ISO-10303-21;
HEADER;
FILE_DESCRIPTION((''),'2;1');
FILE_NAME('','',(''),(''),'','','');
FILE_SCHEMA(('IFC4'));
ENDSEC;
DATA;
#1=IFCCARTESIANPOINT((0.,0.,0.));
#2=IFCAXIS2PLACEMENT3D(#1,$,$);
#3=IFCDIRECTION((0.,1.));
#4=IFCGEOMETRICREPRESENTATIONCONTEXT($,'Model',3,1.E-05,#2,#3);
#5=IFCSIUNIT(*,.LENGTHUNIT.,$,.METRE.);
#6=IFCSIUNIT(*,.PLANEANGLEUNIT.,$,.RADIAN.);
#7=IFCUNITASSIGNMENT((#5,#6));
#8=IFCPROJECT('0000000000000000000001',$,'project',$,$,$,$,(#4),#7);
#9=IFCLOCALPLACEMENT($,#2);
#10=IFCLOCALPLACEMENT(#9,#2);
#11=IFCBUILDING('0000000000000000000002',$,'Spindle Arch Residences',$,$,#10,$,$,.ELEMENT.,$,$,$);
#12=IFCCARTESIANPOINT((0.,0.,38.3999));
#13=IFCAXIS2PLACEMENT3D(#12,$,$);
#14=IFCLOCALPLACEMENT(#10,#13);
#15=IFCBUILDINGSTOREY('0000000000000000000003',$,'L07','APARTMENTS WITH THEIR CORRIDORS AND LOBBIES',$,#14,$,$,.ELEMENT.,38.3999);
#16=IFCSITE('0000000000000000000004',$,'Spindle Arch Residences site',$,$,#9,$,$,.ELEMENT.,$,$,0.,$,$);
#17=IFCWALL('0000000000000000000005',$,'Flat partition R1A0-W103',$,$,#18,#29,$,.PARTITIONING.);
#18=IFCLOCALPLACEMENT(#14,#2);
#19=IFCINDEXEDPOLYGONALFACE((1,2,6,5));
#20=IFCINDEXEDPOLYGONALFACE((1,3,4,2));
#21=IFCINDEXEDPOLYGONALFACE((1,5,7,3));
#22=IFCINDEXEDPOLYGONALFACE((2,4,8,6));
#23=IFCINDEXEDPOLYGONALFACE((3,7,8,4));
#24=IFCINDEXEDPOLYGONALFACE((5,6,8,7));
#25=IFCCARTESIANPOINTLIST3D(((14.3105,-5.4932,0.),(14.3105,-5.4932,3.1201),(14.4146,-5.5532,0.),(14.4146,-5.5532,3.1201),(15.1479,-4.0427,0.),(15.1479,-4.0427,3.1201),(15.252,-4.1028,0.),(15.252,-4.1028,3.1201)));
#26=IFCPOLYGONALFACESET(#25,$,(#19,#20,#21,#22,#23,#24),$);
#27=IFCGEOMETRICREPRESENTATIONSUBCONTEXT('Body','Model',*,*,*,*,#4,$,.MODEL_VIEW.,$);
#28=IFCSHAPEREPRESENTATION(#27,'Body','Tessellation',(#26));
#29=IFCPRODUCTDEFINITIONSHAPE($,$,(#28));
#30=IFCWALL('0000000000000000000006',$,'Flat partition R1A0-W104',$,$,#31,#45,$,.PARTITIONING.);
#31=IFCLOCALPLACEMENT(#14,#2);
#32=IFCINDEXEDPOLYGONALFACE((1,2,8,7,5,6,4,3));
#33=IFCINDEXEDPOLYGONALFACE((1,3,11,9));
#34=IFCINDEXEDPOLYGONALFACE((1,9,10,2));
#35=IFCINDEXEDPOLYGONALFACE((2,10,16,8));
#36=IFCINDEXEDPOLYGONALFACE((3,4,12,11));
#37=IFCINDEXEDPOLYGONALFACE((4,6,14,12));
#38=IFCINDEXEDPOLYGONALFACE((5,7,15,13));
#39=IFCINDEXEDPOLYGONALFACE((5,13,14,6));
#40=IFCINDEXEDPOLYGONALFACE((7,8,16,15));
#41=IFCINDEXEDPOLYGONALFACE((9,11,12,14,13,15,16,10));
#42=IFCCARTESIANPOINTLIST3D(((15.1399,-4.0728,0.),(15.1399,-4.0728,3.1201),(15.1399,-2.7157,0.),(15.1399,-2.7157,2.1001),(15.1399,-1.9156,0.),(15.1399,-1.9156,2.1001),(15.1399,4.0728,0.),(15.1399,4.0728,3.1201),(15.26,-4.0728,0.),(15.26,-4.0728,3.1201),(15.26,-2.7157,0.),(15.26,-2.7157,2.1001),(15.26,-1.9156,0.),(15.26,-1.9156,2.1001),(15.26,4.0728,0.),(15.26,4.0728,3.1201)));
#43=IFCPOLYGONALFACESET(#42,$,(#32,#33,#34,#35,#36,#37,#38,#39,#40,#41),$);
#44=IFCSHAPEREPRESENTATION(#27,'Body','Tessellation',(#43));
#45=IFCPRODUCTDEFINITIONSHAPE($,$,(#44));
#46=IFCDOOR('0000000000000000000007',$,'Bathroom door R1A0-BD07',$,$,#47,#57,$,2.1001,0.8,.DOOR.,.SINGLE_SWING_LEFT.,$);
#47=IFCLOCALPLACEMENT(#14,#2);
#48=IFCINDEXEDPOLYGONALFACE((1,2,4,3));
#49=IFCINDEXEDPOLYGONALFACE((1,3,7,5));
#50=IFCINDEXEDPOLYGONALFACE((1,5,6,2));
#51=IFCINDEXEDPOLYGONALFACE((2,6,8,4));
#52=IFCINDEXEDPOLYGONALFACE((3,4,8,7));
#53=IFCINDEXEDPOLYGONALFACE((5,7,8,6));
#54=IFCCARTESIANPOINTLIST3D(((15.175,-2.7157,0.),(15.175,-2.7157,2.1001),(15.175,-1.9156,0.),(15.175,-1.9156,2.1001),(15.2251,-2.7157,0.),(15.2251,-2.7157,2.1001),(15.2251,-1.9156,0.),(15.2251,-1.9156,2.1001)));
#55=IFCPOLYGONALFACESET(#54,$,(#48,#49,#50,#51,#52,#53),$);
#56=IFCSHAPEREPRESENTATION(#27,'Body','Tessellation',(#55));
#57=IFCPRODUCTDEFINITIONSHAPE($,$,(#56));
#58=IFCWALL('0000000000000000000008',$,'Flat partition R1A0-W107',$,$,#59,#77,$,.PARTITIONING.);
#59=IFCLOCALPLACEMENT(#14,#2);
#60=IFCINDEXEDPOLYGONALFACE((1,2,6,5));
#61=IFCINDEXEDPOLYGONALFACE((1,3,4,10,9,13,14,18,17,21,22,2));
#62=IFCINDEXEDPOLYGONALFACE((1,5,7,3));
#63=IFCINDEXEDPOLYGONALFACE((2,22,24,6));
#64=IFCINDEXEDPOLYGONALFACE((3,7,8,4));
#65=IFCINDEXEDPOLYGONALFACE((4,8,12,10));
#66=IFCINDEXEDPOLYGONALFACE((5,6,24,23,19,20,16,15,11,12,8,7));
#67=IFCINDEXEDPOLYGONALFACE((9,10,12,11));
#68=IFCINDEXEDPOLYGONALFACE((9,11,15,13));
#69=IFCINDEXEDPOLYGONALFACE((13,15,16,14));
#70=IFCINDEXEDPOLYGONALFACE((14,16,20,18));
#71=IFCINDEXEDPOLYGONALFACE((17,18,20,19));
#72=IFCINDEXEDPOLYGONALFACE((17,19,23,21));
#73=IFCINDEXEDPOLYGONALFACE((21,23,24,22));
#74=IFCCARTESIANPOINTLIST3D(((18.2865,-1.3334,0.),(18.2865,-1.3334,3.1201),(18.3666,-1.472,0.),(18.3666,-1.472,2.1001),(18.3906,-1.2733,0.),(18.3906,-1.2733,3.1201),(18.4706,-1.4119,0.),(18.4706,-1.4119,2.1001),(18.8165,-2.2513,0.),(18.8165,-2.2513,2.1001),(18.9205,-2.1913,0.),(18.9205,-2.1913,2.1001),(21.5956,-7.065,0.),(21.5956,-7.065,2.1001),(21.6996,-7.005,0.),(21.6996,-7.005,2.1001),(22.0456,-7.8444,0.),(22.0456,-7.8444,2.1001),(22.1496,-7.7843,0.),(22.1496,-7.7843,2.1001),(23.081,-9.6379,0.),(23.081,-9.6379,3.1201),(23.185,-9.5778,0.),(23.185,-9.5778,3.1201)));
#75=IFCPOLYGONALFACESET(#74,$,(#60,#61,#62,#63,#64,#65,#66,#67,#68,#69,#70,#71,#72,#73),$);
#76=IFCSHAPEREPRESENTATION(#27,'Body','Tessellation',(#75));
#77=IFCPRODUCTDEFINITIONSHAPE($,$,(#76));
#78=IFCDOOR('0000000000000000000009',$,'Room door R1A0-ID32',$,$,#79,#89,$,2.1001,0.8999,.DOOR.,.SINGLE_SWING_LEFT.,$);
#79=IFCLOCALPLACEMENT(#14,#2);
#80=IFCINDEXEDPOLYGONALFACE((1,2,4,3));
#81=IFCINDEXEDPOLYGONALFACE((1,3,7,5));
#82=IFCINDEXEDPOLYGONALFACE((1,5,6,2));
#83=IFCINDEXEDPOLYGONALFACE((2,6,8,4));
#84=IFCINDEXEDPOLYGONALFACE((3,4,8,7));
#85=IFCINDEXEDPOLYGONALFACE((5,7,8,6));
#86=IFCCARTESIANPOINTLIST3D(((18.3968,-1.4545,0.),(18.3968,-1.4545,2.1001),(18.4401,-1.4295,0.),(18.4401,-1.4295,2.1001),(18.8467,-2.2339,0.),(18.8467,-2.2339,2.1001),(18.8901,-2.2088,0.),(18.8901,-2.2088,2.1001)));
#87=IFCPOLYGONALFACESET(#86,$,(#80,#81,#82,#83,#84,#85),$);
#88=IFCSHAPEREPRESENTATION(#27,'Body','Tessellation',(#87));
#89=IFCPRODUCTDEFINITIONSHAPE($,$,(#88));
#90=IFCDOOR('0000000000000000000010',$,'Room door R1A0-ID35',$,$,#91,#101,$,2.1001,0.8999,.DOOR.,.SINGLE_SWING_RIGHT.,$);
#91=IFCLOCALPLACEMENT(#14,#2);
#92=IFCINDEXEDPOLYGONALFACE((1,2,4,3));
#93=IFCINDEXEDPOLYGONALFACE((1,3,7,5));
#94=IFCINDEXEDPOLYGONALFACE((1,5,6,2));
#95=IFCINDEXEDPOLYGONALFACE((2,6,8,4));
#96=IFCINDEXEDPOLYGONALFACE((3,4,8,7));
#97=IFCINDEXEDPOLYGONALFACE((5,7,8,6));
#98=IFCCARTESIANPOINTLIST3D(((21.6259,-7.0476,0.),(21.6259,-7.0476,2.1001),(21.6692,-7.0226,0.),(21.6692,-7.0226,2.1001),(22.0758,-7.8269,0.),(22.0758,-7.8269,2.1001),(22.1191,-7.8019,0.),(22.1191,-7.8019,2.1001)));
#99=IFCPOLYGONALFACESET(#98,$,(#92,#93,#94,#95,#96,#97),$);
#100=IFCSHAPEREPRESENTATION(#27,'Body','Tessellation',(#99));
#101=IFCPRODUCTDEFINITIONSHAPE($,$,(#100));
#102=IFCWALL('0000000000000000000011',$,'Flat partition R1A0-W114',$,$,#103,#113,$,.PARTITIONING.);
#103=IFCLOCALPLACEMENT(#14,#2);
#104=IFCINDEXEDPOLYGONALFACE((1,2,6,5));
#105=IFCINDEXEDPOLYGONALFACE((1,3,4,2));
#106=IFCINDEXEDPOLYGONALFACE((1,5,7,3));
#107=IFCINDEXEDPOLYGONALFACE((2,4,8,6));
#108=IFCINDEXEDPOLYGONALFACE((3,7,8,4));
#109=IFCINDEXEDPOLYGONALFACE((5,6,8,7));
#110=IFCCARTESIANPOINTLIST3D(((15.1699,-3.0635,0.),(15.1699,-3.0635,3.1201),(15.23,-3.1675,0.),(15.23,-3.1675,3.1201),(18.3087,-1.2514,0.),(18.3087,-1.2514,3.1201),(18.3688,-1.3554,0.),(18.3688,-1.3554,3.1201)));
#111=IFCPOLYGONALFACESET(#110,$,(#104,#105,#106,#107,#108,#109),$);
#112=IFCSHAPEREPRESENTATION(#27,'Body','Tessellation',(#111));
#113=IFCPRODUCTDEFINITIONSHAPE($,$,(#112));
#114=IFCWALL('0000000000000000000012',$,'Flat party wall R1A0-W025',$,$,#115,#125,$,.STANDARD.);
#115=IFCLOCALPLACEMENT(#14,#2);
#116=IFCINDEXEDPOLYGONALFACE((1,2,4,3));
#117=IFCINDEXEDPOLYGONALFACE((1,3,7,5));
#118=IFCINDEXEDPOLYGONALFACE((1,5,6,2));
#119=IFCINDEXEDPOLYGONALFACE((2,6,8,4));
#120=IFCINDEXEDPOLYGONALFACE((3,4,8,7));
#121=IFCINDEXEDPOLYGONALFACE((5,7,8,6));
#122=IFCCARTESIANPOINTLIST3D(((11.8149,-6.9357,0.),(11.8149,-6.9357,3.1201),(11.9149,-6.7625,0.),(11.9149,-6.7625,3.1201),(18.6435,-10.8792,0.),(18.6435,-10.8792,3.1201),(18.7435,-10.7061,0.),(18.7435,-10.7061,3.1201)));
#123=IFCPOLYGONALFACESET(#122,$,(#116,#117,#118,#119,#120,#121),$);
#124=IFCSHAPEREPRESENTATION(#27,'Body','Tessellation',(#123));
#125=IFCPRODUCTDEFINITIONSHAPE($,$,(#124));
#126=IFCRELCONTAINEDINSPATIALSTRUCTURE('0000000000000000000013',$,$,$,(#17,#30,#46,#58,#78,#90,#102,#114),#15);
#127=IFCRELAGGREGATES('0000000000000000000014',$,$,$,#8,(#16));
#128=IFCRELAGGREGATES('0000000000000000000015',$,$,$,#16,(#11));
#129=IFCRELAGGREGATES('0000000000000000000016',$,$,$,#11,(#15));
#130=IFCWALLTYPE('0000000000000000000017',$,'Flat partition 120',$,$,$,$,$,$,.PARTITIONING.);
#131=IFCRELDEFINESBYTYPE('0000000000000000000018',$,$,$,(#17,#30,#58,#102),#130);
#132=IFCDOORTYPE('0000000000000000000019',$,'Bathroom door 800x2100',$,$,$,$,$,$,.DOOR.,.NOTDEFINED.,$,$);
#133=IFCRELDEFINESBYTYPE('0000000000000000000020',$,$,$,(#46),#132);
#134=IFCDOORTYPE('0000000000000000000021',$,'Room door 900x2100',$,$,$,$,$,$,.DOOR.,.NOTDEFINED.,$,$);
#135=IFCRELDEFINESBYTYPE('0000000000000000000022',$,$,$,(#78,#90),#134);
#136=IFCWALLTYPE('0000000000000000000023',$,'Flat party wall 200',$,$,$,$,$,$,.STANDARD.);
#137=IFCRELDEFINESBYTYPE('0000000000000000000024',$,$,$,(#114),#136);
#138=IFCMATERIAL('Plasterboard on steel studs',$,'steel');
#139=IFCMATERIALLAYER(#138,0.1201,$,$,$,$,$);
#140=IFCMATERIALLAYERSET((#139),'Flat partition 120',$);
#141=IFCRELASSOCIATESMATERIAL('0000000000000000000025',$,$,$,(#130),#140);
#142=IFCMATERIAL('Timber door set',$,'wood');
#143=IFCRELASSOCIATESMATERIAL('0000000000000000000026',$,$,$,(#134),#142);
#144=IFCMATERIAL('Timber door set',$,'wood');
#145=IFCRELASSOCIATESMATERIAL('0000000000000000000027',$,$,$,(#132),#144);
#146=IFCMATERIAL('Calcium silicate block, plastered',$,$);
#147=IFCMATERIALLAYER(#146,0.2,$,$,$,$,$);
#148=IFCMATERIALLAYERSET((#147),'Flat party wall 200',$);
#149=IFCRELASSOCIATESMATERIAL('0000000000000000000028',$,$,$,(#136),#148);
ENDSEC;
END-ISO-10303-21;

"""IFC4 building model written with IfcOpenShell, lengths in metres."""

from ifc_helpers import new_model, si_unit, direction, frame, frame_2d, origin, place, context, subcontext, project, spatial, rectangle, extrude, material, layer, layer_set, type_object, element, fill, save


model = new_model("IFC4")

# Units and contexts
model_context = context("Model", 3, precision=1e-05, world=origin(), true_north=direction((0.0, 1.0)))
body_context = subcontext(model_context, "Body", "Model", "MODEL_VIEW")
ifc_project = project(units=[si_unit("LENGTHUNIT", "METRE"), si_unit("PLANEANGLEUNIT", "RADIAN")], contexts=[model_context])

# Site, building, storey
site_placement = place(None, origin())
site = spatial("IfcSite", under=ifc_project, at=site_placement, Name="Spindle Arch Residences site", CompositionType="ELEMENT", RefElevation=0.0)
building_placement = place(site_placement, origin())
building = spatial("IfcBuilding", under=site, at=building_placement, Name="Spindle Arch Residences", CompositionType="ELEMENT")
storey_placement = place(building_placement, frame((0.0, 0.0, 38.3999)))
storey = spatial("IfcBuildingStorey", under=building, at=storey_placement, Name="L07", Description="APARTMENTS WITH THEIR CORRIDORS AND LOBBIES", CompositionType="ELEMENT", Elevation=38.3999)

# Shared definitions
ifc_material_1 = material(Name="Plasterboard on steel studs", Category="steel")
ifc_layer_1 = layer(ifc_material_1, 0.1201)
ifc_layer_set_1 = layer_set([ifc_layer_1], Name="Flat partition 120")
wall_type_1 = type_object("IfcWallType", Name="Flat partition 120", PredefinedType="PARTITIONING", material=ifc_layer_set_1)
ifc_material_2 = material(Name="Timber door set", Category="wood")
door_type_1 = type_object("IfcDoorType", Name="Room door 900x2100", OperationType="NOTDEFINED", PredefinedType="DOOR", material=ifc_material_2)

# Wall
wall_1_placement = place(storey_placement, frame((14.3625, -5.5232, 0.0), z_axis=(0.0, 0.0, 1.0), x_axis=(0.499996, 0.866028, 0.0)))
element("IfcWall", 1, at=wall_1_placement, inside=storey, type_object=wall_type_1, Name="Flat partition R1A0-W103", PredefinedType="PARTITIONING", context=body_context, shape_type="SweptSolid", body=[
    extrude(rectangle(XDim=1.6748, YDim=0.1201, at=frame_2d((0.8374, 0.0))), origin(), (0.0, 0.0, 1.0), 3.1201),
])

# Wall, opening, door
wall_2_placement = place(storey_placement, frame((15.2, -4.0728, 0.0), z_axis=(0.0, 0.0, 1.0), x_axis=(0.0, 1.0, 0.0)))
wall_2 = element("IfcWall", 2, at=wall_2_placement, inside=storey, type_object=wall_type_1, Name="Flat partition R1A0-W104", PredefinedType="PARTITIONING", context=body_context, shape_type="SweptSolid", body=[
    extrude(rectangle(XDim=8.1455, YDim=0.1201, at=frame_2d((4.0728, 0.0))), origin(), (0.0, 0.0, 1.0), 3.1201),
])
opening_1_placement = place(wall_2_placement, frame((1.3572, 0.0, 0.0)))
opening_1 = element("IfcOpeningElement", 3, at=opening_1_placement, cuts=wall_2, PredefinedType="OPENING", context=body_context, shape_type="SweptSolid", body=[
    extrude(rectangle(XDim=0.8, YDim=2.1001, at=frame_2d((0.3999, 1.05))), frame((0.0, 0.0701, 0.0), z_axis=(0.0, -1.0, 0.0), x_axis=(1.0, 0.0, 0.0)), (0.0, 0.0, 1.0), 0.1401),
])
ifc_material_3 = material(Name="Timber door set", Category="wood")
door_type_2 = type_object("IfcDoorType", Name="Bathroom door 800x2100", OperationType="NOTDEFINED", PredefinedType="DOOR", material=ifc_material_3)
door_1_placement = place(opening_1_placement, origin())
door_1 = element("IfcDoor", 4, at=door_1_placement, inside=storey, type_object=door_type_2, Name="Bathroom door R1A0-BD07", OperationType="SINGLE_SWING_LEFT", OverallHeight=2.1001, OverallWidth=0.8, PredefinedType="DOOR", context=body_context, shape_type="SweptSolid", body=[
    extrude(rectangle(XDim=0.8, YDim=2.1001, at=frame_2d((0.3999, 1.05))), frame((0.0, 0.0249, 0.0), z_axis=(0.0, -1.0, 0.0), x_axis=(1.0, 0.0, 0.0)), (0.0, 0.0, 1.0), 0.05),
])
fill(opening_1, door_1)

# Wall, openings, doors
wall_3_placement = place(storey_placement, frame((18.3386, -1.3035, 0.0), z_axis=(0.0, 0.0, 1.0), x_axis=(0.499989, -0.866032, 0.0)))
wall_3 = element("IfcWall", 5, at=wall_3_placement, inside=storey, type_object=wall_type_1, Name="Flat partition R1A0-W107", PredefinedType="PARTITIONING", context=body_context, shape_type="SweptSolid", body=[
    extrude(rectangle(XDim=9.5891, YDim=0.1201, at=frame_2d((4.7944, 0.0))), origin(), (0.0, 0.0, 1.0), 3.1201),
])
opening_2_placement = place(wall_3_placement, frame((0.1599, 0.0, 0.0)))
opening_2 = element("IfcOpeningElement", 6, at=opening_2_placement, cuts=wall_3, PredefinedType="OPENING", context=body_context, shape_type="SweptSolid", body=[
    extrude(rectangle(XDim=0.8999, YDim=2.1001, at=frame_2d((0.45, 1.05))), frame((0.0, 0.0701, 0.0), z_axis=(0.0, -1.0, 0.0), x_axis=(1.0, 0.0, 0.0)), (0.0, 0.0, 1.0), 0.1401),
])
opening_3_placement = place(wall_3_placement, frame((6.6182, 0.0, 0.0)))
opening_3 = element("IfcOpeningElement", 7, at=opening_3_placement, cuts=wall_3, PredefinedType="OPENING", context=body_context, shape_type="SweptSolid", body=[
    extrude(rectangle(XDim=0.8999, YDim=2.1001, at=frame_2d((0.45, 1.05))), frame((0.0, 0.0701, 0.0), z_axis=(0.0, -1.0, 0.0), x_axis=(1.0, 0.0, 0.0)), (0.0, 0.0, 1.0), 0.1401),
])
door_2_placement = place(opening_2_placement, origin())
door_2 = element("IfcDoor", 8, at=door_2_placement, inside=storey, type_object=door_type_1, Name="Room door R1A0-ID32", OperationType="SINGLE_SWING_LEFT", OverallHeight=2.1001, OverallWidth=0.8999, PredefinedType="DOOR", context=body_context, shape_type="SweptSolid", body=[
    extrude(rectangle(XDim=0.8999, YDim=2.1001, at=frame_2d((0.45, 1.05))), frame((0.0, 0.0249, 0.0), z_axis=(0.0, -1.0, 0.0), x_axis=(1.0, 0.0, 0.0)), (0.0, 0.0, 1.0), 0.05),
])
fill(opening_2, door_2)
door_3_placement = place(opening_3_placement, origin())
door_3 = element("IfcDoor", 9, at=door_3_placement, inside=storey, type_object=door_type_1, Name="Room door R1A0-ID35", OperationType="SINGLE_SWING_RIGHT", OverallHeight=2.1001, OverallWidth=0.8999, PredefinedType="DOOR", context=body_context, shape_type="SweptSolid", body=[
    extrude(rectangle(XDim=0.8999, YDim=2.1001, at=frame_2d((0.45, 1.05))), frame((0.0, 0.0249, 0.0), z_axis=(0.0, -1.0, 0.0), x_axis=(1.0, 0.0, 0.0)), (0.0, 0.0, 1.0), 0.05),
])
fill(opening_3, door_3)

# Walls
wall_4_placement = place(storey_placement, frame((18.3386, -1.3035, 0.0), z_axis=(0.0, 0.0, 1.0), x_axis=(-0.866038, -0.499979, 0.0)))
element("IfcWall", 10, at=wall_4_placement, inside=storey, type_object=wall_type_1, Name="Flat partition R1A0-W114", PredefinedType="PARTITIONING", context=body_context, shape_type="SweptSolid", body=[
    extrude(rectangle(XDim=3.6243, YDim=0.1201, at=frame_2d((1.812, 0.0))), origin(), (0.0, 0.0, 1.0), 3.1201),
])
ifc_material_4 = material(Name="Calcium silicate block, plastered")
ifc_layer_2 = layer(ifc_material_4, 0.2)
ifc_layer_set_2 = layer_set([ifc_layer_2], Name="Flat party wall 200")
wall_type_2 = type_object("IfcWallType", Name="Flat party wall 200", PredefinedType="STANDARD", material=ifc_layer_set_2)
wall_5_placement = place(storey_placement, frame((18.6936, -10.7927, 0.0), z_axis=(0.0, 0.0, 1.0), x_axis=(-0.865965, 0.500105, 0.0)))
element("IfcWall", 11, at=wall_5_placement, inside=storey, type_object=wall_type_2, Name="Flat party wall R1A0-W025", PredefinedType="STANDARD", context=body_context, shape_type="SweptSolid", body=[
    extrude(rectangle(XDim=7.8855, YDim=0.2, at=frame_2d((3.9429, 0.0))), origin(), (0.0, 0.0, 1.0), 3.1201),
])

save(model, "model.ifc")
